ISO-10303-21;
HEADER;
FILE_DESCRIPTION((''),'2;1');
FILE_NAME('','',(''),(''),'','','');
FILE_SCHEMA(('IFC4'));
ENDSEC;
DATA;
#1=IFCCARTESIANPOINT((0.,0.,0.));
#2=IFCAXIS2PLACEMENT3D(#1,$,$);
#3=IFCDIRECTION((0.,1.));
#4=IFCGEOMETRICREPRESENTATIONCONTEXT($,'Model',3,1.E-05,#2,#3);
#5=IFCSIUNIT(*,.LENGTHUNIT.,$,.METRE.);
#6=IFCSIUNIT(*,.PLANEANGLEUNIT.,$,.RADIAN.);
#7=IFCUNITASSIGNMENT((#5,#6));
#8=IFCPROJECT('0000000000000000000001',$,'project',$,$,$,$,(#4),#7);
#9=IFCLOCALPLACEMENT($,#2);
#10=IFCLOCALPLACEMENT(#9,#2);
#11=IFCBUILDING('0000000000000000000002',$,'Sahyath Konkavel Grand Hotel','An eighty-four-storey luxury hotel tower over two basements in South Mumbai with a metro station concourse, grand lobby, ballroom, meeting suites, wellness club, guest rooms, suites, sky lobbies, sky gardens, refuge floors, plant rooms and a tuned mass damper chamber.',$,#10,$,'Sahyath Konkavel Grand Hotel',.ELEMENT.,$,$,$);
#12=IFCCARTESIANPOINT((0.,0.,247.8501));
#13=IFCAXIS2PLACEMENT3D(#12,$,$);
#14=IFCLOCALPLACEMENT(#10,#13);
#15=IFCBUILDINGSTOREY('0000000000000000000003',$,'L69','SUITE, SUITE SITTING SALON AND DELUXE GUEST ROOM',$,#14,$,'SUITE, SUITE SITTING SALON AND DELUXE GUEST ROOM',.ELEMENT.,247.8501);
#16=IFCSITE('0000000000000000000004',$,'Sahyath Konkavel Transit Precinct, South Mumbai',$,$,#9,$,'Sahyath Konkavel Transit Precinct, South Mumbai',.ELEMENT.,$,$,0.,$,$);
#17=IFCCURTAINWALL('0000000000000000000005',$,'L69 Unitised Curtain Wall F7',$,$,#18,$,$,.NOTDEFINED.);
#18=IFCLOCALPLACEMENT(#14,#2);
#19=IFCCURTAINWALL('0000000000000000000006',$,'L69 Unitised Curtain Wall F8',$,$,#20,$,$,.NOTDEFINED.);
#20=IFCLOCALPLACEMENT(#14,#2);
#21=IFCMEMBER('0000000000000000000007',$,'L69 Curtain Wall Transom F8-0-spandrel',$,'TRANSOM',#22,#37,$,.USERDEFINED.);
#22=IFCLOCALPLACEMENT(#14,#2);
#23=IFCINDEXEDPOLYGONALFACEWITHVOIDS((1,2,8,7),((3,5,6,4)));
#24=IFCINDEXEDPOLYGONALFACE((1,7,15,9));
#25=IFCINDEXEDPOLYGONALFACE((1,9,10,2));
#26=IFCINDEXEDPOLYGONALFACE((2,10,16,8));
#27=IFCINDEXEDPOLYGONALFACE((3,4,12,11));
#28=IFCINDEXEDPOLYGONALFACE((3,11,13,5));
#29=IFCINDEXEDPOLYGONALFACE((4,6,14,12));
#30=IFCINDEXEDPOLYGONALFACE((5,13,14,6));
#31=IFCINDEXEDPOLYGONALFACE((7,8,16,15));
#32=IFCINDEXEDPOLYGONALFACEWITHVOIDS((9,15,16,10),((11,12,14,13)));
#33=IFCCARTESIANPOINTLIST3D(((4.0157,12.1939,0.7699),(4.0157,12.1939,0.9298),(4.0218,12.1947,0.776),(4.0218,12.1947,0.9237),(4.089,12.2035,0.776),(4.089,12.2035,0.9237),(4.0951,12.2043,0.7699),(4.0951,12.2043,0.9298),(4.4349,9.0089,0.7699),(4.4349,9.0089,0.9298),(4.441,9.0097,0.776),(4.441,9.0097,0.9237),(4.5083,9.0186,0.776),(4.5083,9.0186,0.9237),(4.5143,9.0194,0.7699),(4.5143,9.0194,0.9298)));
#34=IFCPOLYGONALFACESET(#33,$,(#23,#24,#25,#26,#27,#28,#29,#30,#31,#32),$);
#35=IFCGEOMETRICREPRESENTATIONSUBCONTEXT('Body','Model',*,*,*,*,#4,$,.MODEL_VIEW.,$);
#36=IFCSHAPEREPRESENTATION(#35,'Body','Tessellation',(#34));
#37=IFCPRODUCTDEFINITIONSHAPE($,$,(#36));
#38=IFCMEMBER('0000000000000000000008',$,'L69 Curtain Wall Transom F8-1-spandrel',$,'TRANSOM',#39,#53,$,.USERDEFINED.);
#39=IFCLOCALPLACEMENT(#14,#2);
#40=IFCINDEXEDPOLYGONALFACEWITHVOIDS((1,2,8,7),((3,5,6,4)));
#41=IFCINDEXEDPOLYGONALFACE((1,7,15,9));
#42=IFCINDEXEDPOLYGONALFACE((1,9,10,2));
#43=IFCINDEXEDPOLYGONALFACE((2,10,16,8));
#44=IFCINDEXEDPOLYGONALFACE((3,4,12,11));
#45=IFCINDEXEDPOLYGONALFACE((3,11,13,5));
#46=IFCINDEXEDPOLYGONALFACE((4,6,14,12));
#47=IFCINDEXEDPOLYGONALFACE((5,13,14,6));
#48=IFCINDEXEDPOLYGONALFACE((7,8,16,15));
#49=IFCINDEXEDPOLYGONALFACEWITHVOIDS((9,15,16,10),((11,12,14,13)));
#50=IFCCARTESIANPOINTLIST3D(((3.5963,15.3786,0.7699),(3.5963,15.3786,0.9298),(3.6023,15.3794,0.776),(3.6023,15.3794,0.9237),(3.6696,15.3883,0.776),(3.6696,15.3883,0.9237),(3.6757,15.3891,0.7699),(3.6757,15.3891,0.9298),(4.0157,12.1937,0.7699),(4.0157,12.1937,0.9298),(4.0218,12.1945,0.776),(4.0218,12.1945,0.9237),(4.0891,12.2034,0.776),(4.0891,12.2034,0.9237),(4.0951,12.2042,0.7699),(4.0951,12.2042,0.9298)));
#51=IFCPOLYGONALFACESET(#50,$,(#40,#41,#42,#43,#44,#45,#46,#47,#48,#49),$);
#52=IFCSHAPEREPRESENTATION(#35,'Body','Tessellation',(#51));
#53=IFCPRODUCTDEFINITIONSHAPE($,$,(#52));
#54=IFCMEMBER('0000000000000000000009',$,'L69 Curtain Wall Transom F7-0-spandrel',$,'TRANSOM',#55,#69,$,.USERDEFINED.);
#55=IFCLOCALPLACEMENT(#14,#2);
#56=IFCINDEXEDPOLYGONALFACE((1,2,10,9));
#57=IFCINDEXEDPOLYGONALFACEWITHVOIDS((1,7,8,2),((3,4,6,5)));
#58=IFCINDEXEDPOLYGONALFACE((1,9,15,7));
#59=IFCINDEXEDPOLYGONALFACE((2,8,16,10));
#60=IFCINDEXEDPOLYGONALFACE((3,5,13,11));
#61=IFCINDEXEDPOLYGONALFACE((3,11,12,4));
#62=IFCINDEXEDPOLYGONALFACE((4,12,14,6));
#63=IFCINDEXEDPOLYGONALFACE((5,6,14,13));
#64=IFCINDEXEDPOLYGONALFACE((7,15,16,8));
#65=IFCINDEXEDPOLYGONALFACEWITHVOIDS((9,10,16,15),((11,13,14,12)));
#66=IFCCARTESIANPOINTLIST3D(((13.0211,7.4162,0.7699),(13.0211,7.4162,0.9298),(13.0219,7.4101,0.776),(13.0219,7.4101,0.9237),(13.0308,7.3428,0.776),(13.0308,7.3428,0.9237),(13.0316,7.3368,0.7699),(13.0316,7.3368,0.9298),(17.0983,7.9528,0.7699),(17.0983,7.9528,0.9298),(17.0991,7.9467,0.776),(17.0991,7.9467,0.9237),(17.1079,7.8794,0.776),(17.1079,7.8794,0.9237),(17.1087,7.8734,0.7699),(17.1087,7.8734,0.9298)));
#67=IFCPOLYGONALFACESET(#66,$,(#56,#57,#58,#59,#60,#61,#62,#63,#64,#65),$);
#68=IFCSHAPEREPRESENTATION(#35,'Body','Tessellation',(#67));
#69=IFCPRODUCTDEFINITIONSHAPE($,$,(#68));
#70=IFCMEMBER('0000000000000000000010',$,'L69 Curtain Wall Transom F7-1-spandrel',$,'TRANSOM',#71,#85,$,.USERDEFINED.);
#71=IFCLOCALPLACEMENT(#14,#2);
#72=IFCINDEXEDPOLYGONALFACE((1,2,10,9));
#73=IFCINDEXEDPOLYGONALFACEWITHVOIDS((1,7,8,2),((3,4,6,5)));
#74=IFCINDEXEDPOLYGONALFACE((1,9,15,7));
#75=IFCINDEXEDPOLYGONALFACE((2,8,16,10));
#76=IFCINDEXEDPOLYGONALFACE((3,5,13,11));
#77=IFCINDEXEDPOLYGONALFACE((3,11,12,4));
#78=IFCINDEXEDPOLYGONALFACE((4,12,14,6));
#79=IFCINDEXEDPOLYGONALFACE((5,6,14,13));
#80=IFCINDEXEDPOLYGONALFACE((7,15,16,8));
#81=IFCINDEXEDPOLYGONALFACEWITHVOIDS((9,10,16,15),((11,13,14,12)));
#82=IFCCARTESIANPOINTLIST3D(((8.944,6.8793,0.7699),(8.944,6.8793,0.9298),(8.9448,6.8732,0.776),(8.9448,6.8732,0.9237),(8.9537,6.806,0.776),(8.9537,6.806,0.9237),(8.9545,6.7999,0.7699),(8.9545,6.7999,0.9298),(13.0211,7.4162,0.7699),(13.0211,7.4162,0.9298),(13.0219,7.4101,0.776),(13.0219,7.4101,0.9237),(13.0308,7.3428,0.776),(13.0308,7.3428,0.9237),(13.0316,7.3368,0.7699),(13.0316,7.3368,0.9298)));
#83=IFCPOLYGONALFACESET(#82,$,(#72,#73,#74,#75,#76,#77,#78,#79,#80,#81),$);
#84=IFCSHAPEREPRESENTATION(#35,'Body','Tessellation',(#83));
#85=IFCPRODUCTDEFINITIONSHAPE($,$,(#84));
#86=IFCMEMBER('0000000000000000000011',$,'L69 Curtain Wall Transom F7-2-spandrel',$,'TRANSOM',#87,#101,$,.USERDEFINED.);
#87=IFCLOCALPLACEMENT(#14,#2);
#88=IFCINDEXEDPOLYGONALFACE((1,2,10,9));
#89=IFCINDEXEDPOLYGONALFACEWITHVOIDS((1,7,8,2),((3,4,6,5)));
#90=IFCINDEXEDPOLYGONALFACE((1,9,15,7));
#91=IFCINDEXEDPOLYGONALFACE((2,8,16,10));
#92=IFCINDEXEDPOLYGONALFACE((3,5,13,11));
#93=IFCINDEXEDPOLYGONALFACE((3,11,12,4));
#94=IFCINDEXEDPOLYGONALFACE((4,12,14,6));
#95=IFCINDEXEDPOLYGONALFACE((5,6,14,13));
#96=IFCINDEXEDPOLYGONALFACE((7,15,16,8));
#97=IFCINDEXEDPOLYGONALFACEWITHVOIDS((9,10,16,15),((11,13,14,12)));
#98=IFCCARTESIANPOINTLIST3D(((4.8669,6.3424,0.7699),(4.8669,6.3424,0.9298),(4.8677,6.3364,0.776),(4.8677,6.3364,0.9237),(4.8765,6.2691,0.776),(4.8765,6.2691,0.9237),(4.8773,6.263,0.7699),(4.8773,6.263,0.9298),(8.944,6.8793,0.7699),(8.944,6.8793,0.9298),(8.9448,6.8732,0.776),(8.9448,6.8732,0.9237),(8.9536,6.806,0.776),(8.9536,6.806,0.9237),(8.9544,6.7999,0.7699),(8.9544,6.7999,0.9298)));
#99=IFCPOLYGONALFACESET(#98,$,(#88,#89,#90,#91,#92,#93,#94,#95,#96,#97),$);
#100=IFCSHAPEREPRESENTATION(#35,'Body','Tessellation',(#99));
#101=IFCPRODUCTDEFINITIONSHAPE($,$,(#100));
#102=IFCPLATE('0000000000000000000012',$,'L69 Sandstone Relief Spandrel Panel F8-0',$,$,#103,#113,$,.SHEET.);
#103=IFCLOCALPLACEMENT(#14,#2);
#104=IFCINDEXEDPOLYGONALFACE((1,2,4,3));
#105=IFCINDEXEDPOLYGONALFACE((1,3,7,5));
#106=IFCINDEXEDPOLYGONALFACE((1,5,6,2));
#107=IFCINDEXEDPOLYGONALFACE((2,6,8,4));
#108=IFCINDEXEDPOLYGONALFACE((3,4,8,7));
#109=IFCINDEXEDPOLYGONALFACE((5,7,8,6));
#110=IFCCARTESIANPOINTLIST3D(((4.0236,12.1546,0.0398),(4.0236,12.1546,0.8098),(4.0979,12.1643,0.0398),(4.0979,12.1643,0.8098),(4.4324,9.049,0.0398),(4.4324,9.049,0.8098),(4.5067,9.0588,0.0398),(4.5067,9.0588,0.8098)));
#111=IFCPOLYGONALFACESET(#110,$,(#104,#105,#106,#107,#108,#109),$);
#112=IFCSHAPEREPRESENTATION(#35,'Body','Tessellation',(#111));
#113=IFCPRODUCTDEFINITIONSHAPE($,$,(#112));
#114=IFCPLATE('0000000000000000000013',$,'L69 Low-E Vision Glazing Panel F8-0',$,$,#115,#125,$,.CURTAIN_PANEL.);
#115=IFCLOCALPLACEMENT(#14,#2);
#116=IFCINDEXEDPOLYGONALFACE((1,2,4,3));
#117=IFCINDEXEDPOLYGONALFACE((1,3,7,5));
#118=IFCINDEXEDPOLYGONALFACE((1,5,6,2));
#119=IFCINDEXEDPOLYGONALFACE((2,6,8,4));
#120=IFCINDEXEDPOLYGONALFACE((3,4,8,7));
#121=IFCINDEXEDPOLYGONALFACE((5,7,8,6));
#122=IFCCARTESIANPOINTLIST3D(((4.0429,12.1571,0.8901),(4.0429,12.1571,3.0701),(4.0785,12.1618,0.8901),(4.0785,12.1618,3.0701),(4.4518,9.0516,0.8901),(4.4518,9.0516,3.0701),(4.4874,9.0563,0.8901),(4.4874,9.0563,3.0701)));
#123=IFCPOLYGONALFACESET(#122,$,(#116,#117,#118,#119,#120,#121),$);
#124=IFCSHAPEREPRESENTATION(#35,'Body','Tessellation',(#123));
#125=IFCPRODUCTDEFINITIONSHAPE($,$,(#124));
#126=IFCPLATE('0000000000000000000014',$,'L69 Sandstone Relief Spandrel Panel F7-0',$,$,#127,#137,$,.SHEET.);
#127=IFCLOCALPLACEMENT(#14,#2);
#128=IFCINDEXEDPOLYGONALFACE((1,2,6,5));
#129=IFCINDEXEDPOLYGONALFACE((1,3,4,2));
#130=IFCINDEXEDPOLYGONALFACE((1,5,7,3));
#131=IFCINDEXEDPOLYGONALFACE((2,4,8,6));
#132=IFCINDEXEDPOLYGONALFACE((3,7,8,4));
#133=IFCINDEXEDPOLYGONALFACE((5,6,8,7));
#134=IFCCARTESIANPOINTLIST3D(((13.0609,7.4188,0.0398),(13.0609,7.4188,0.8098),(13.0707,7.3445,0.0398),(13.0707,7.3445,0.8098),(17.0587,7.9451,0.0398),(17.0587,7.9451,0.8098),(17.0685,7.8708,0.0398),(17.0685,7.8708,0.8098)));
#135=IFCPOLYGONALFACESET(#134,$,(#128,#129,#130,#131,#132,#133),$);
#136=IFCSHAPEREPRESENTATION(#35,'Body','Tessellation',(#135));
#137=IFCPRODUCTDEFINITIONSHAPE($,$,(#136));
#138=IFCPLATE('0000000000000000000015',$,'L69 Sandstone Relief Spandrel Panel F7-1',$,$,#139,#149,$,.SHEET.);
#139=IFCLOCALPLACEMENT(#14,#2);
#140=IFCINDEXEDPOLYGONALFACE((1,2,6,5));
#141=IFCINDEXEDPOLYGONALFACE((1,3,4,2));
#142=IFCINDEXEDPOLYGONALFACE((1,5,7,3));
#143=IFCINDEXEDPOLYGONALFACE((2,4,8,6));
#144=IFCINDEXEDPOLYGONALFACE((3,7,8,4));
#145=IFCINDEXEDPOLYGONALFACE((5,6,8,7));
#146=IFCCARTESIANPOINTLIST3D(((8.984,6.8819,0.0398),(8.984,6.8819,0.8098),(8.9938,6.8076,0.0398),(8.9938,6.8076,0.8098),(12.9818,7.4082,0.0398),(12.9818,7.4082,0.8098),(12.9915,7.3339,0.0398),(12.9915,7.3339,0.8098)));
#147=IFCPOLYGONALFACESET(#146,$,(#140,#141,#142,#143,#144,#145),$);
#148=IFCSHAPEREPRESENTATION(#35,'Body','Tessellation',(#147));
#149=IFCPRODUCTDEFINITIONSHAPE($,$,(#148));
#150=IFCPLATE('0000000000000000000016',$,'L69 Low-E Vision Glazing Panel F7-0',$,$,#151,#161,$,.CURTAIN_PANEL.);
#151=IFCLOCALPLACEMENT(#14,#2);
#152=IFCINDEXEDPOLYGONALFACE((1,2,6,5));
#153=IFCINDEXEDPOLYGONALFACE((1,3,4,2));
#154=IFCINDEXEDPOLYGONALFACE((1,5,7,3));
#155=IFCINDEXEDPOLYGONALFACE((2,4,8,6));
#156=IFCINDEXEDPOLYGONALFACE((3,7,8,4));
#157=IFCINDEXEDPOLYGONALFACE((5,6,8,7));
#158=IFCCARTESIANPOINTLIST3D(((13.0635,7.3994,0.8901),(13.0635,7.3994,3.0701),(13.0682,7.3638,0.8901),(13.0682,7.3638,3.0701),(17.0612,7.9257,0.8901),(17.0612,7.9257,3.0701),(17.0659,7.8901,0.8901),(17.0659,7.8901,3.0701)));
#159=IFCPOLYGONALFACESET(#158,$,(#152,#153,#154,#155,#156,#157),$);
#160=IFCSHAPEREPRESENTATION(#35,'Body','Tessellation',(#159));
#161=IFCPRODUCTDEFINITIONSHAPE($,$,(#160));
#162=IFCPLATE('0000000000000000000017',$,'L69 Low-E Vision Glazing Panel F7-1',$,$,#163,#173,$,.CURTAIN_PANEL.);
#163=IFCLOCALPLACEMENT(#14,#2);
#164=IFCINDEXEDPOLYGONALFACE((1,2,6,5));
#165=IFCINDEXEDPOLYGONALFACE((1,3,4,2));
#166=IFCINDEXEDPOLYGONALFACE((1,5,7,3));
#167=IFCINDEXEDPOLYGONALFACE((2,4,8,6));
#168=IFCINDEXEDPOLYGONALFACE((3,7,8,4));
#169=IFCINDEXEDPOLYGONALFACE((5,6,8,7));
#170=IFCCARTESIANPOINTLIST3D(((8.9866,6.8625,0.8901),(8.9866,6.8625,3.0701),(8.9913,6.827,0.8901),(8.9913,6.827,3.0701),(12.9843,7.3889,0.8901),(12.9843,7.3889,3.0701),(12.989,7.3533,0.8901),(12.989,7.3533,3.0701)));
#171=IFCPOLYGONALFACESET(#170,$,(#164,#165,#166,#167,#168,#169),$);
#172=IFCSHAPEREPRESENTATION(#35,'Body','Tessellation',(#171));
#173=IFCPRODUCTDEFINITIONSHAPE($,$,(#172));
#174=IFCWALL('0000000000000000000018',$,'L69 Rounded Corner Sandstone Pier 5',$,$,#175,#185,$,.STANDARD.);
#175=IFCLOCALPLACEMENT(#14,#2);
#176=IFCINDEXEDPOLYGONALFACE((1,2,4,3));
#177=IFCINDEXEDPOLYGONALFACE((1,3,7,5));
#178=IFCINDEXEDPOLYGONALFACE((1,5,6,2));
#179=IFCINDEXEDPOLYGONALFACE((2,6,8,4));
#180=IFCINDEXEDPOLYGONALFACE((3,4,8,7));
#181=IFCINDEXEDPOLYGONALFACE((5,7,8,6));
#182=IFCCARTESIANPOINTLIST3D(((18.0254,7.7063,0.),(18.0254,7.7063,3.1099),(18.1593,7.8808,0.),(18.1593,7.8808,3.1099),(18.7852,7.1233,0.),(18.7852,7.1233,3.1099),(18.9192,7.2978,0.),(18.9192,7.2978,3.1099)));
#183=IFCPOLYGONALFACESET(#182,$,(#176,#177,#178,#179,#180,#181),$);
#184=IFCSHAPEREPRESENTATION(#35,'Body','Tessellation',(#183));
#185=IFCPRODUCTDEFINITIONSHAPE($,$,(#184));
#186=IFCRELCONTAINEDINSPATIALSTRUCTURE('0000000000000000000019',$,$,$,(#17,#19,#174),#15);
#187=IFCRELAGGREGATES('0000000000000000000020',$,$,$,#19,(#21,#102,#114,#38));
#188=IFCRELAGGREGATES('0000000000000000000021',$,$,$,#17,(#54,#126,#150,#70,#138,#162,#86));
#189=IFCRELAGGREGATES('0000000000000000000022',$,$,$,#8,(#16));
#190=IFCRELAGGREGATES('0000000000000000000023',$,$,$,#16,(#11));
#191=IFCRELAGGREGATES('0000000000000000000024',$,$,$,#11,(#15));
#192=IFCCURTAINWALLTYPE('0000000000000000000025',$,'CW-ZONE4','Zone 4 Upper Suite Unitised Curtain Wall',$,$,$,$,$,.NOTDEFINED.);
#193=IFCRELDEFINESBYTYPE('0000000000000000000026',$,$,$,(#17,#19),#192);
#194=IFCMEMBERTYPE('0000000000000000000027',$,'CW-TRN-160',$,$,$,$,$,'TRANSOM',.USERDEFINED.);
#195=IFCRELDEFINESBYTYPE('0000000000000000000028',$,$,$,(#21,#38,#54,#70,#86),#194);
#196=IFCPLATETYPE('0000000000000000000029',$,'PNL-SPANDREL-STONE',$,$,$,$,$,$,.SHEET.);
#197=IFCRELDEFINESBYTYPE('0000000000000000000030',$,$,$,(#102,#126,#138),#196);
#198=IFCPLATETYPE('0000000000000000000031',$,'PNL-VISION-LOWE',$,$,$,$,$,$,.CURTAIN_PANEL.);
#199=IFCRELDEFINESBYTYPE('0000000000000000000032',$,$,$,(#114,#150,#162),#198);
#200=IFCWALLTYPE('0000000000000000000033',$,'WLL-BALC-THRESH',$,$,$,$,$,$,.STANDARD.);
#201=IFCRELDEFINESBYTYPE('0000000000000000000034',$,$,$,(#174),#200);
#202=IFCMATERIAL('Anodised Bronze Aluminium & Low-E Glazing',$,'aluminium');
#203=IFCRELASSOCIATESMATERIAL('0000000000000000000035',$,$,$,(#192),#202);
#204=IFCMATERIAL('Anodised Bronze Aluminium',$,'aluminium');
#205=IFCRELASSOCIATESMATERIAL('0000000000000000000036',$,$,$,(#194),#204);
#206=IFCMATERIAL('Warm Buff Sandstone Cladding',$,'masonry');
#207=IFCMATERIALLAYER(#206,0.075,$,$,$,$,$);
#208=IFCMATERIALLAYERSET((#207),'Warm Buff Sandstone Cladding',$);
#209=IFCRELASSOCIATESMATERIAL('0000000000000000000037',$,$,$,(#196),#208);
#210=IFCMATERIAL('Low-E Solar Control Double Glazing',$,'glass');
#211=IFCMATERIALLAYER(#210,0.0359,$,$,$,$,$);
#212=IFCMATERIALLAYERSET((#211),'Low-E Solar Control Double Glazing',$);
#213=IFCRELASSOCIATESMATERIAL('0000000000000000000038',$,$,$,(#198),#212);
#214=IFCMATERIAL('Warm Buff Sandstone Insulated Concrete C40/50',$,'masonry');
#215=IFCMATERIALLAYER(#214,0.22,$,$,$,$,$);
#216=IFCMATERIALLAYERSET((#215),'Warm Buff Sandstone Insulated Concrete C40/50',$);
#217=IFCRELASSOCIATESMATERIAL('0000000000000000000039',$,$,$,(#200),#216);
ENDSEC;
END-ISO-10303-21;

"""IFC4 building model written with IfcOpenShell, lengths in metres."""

from ifc_helpers import new_model, si_unit, direction, frame, frame_2d, origin, origin_2d, place, context, subcontext, project, spatial, rectangle, hollow_rectangle, extrude, source, transform, mapped, material, layer, layer_set, material_profile, profile_set, type_object, element, aggregate, save


model = new_model("IFC4")

# Units and contexts
model_context = context("Model", 3, precision=1e-05, world=origin(), true_north=direction((0.0, 1.0)))
body_context = subcontext(model_context, "Body", "Model", "MODEL_VIEW")
ifc_project = project(units=[si_unit("LENGTHUNIT", "METRE"), si_unit("PLANEANGLEUNIT", "RADIAN")], contexts=[model_context])

# Site, building, storey
site_placement = place(None, origin())
site = spatial("IfcSite", under=ifc_project, at=site_placement, Name="Sahyath Konkavel Transit Precinct, South Mumbai", LongName="Sahyath Konkavel Transit Precinct, South Mumbai", CompositionType="ELEMENT", RefElevation=0.0)
building_placement = place(site_placement, origin())
building = spatial("IfcBuilding", under=site, at=building_placement, Name="Sahyath Konkavel Grand Hotel", Description="An eighty-four-storey luxury hotel tower over two basements in South Mumbai with a metro station concourse, grand lobby, ballroom, meeting suites, wellness club, guest rooms, suites, sky lobbies, sky gardens, refuge floors, plant rooms and a tuned mass damper chamber.", LongName="Sahyath Konkavel Grand Hotel", CompositionType="ELEMENT")
storey_placement = place(building_placement, frame((0.0, 0.0, 247.8501)))
storey = spatial("IfcBuildingStorey", under=building, at=storey_placement, Name="L69", Description="SUITE, SUITE SITTING SALON AND DELUXE GUEST ROOM", LongName="SUITE, SUITE SITTING SALON AND DELUXE GUEST ROOM", CompositionType="ELEMENT", Elevation=247.8501)

# Shared definitions
ifc_material_1 = material(Name="Anodised Bronze Aluminium & Low-E Glazing", Category="aluminium")
curtain_wall_type = type_object("IfcCurtainWallType", Name="CW-ZONE4", Description="Zone 4 Upper Suite Unitised Curtain Wall", PredefinedType="NOTDEFINED", material=ifc_material_1)
ifc_material_2 = material(Name="Anodised Bronze Aluminium", Category="aluminium")

# Curtain wall
curtain_wall_1_placement = place(storey_placement, origin())
curtain_wall_1 = element("IfcCurtainWall", 1, at=curtain_wall_1_placement, inside=storey, type_object=curtain_wall_type, Name="L69 Unitised Curtain Wall F7", PredefinedType="NOTDEFINED")

# Curtain wall
curtain_wall_2_placement = place(storey_placement, origin())
curtain_wall_2 = element("IfcCurtainWall", 2, at=curtain_wall_2_placement, inside=storey, type_object=curtain_wall_type, Name="L69 Unitised Curtain Wall F8", PredefinedType="NOTDEFINED")

# Members
ifc_material_profile_1 = material_profile(ifc_material_2, hollow_rectangle(XDim=0.0801, YDim=0.1599, WallThickness=0.0061, at=origin_2d()), Name="RHS 160x80x6")
ifc_profile_set_1 = profile_set([ifc_material_profile_1], Name="Anodised Bronze Aluminium")
member_type_1 = type_object("IfcMemberType", Name="CW-TRN-160", ElementType="TRANSOM", PredefinedType="USERDEFINED", material=ifc_profile_set_1)
shared_shape_1 = source(origin(), body_context, "Body", "SweptSolid", [
    extrude(hollow_rectangle(XDim=0.0801, YDim=0.1599, WallThickness=0.0061, at=origin_2d()), origin(), (0.0, 0.0, 1.0), 3.2124),
])
member_1_placement = place(storey_placement, frame((4.4746, 9.0142, 0.8499), z_axis=(-0.130496, 0.991449, 0.0), x_axis=(-0.991449, -0.130496, 0.0)))
member_1 = element("IfcMember", 3, at=member_1_placement, type_object=member_type_1, Name="L69 Curtain Wall Transom F8-0-spandrel", ObjectType="TRANSOM", PredefinedType="USERDEFINED", context=body_context, shape_type="MappedRepresentation", body=[
    mapped(shared_shape_1, transform((0.0, 0.0, 0.0), scale=1.0)),
])
member_2_placement = place(storey_placement, frame((4.0554, 12.199, 0.8499), z_axis=(-0.130571, 0.991439, 0.0), x_axis=(-0.991439, -0.130571, 0.0)))
member_2 = element("IfcMember", 4, at=member_2_placement, type_object=member_type_1, Name="L69 Curtain Wall Transom F8-1-spandrel", ObjectType="TRANSOM", PredefinedType="USERDEFINED", context=body_context, shape_type="MappedRepresentation", body=[
    mapped(shared_shape_1, transform((0.0, 0.0, 0.0), scale=1.0)),
])
shared_shape_2 = source(origin(), body_context, "Body", "SweptSolid", [
    extrude(hollow_rectangle(XDim=0.0801, YDim=0.1599, WallThickness=0.0061, at=origin_2d()), origin(), (0.0, 0.0, 1.0), 4.1123),
])
member_3_placement = place(storey_placement, frame((17.1035, 7.9131, 0.8499), z_axis=(-0.991449, -0.130491, 0.0), x_axis=(0.130491, -0.991449, 0.0)))
member_3 = element("IfcMember", 5, at=member_3_placement, type_object=member_type_1, Name="L69 Curtain Wall Transom F7-0-spandrel", ObjectType="TRANSOM", PredefinedType="USERDEFINED", context=body_context, shape_type="MappedRepresentation", body=[
    mapped(shared_shape_2, transform((0.0, 0.0, 0.0), scale=1.0)),
])
member_4_placement = place(storey_placement, frame((13.0264, 7.3765, 0.8499), z_axis=(-0.991442, -0.13055, 0.0), x_axis=(0.13055, -0.991442, 0.0)))
member_4 = element("IfcMember", 6, at=member_4_placement, type_object=member_type_1, Name="L69 Curtain Wall Transom F7-1-spandrel", ObjectType="TRANSOM", PredefinedType="USERDEFINED", context=body_context, shape_type="MappedRepresentation", body=[
    mapped(shared_shape_2, transform((0.0, 0.0, 0.0), scale=1.0)),
])
member_5_placement = place(storey_placement, frame((8.9492, 6.8396, 0.8499), z_axis=(-0.991442, -0.13055, 0.0), x_axis=(0.13055, -0.991442, 0.0)))
member_5 = element("IfcMember", 7, at=member_5_placement, type_object=member_type_1, Name="L69 Curtain Wall Transom F7-2-spandrel", ObjectType="TRANSOM", PredefinedType="USERDEFINED", context=body_context, shape_type="MappedRepresentation", body=[
    mapped(shared_shape_2, transform((0.0, 0.0, 0.0), scale=1.0)),
])

# Plates
ifc_material_3 = material(Name="Warm Buff Sandstone Cladding", Category="masonry")
ifc_layer_1 = layer(ifc_material_3, 0.075)
ifc_layer_set_1 = layer_set([ifc_layer_1], Name="Warm Buff Sandstone Cladding")
plate_type_1 = type_object("IfcPlateType", Name="PNL-SPANDREL-STONE", PredefinedType="SHEET", material=ifc_layer_set_1)
shared_shape_3 = source(origin(), body_context, "Body", "SweptSolid", [
    extrude(rectangle(XDim=3.1323, YDim=0.075, at=origin_2d()), origin(), (0.0, 0.0, 1.0), 0.77),
])
plate_1_placement = place(storey_placement, frame((4.2651, 10.6067, 0.0398), z_axis=(0.0, 0.0, 1.0), x_axis=(-0.130526, 0.991445, 0.0)))
plate_1 = element("IfcPlate", 8, at=plate_1_placement, type_object=plate_type_1, Name="L69 Sandstone Relief Spandrel Panel F8-0", PredefinedType="SHEET", context=body_context, shape_type="MappedRepresentation", body=[
    mapped(shared_shape_3, transform((0.0, 0.0, 0.0), scale=1.0)),
])
ifc_material_4 = material(Name="Low-E Solar Control Double Glazing", Category="glass")
ifc_layer_2 = layer(ifc_material_4, 0.0359)
ifc_layer_set_2 = layer_set([ifc_layer_2], Name="Low-E Solar Control Double Glazing")
plate_type_2 = type_object("IfcPlateType", Name="PNL-VISION-LOWE", PredefinedType="CURTAIN_PANEL", material=ifc_layer_set_2)
shared_shape_4 = source(origin(), body_context, "Body", "SweptSolid", [
    extrude(rectangle(XDim=3.1323, YDim=0.0359, at=origin_2d()), origin(), (0.0, 0.0, 1.0), 2.1799),
])
plate_2_placement = place(storey_placement, frame((4.2651, 10.6067, 0.8901), z_axis=(0.0, 0.0, 1.0), x_axis=(-0.130526, 0.991445, 0.0)))
plate_2 = element("IfcPlate", 9, at=plate_2_placement, type_object=plate_type_2, Name="L69 Low-E Vision Glazing Panel F8-0", PredefinedType="CURTAIN_PANEL", context=body_context, shape_type="MappedRepresentation", body=[
    mapped(shared_shape_4, transform((0.0, 0.0, 0.0), scale=1.0)),
])
aggregate(curtain_wall_2, [member_1, plate_1, plate_2, member_2])
shared_shape_5 = source(origin(), body_context, "Body", "SweptSolid", [
    extrude(rectangle(XDim=4.0322, YDim=0.075, at=origin_2d()), origin(), (0.0, 0.0, 1.0), 0.77),
])
plate_3_placement = place(storey_placement, frame((15.0647, 7.6448, 0.0398), z_axis=(0.0, 0.0, 1.0), x_axis=(-0.991445, -0.130526, 0.0)))
plate_3 = element("IfcPlate", 10, at=plate_3_placement, type_object=plate_type_1, Name="L69 Sandstone Relief Spandrel Panel F7-0", PredefinedType="SHEET", context=body_context, shape_type="MappedRepresentation", body=[
    mapped(shared_shape_5, transform((0.0, 0.0, 0.0), scale=1.0)),
])
plate_4_placement = place(storey_placement, frame((10.9878, 7.1079, 0.0398), z_axis=(0.0, 0.0, 1.0), x_axis=(-0.991445, -0.130526, 0.0)))
plate_4 = element("IfcPlate", 11, at=plate_4_placement, type_object=plate_type_1, Name="L69 Sandstone Relief Spandrel Panel F7-1", PredefinedType="SHEET", context=body_context, shape_type="MappedRepresentation", body=[
    mapped(shared_shape_5, transform((0.0, 0.0, 0.0), scale=1.0)),
])
shared_shape_6 = source(origin(), body_context, "Body", "SweptSolid", [
    extrude(rectangle(XDim=4.0322, YDim=0.0359, at=origin_2d()), origin(), (0.0, 0.0, 1.0), 2.1799),
])
plate_5_placement = place(storey_placement, frame((15.0647, 7.6448, 0.8901), z_axis=(0.0, 0.0, 1.0), x_axis=(-0.991445, -0.130526, 0.0)))
plate_5 = element("IfcPlate", 12, at=plate_5_placement, type_object=plate_type_2, Name="L69 Low-E Vision Glazing Panel F7-0", PredefinedType="CURTAIN_PANEL", context=body_context, shape_type="MappedRepresentation", body=[
    mapped(shared_shape_6, transform((0.0, 0.0, 0.0), scale=1.0)),
])
plate_6_placement = place(storey_placement, frame((10.9878, 7.1079, 0.8901), z_axis=(0.0, 0.0, 1.0), x_axis=(-0.991445, -0.130526, 0.0)))
plate_6 = element("IfcPlate", 13, at=plate_6_placement, type_object=plate_type_2, Name="L69 Low-E Vision Glazing Panel F7-1", PredefinedType="CURTAIN_PANEL", context=body_context, shape_type="MappedRepresentation", body=[
    mapped(shared_shape_6, transform((0.0, 0.0, 0.0), scale=1.0)),
])
aggregate(curtain_wall_1, [member_3, plate_3, plate_5, member_4, plate_4, plate_6, member_5])

# Wall
ifc_material_5 = material(Name="Warm Buff Sandstone Insulated Concrete C40/50", Category="masonry")
ifc_layer_3 = layer(ifc_material_5, 0.22)
ifc_layer_set_3 = layer_set([ifc_layer_3], Name="Warm Buff Sandstone Insulated Concrete C40/50")
wall_type_1 = type_object("IfcWallType", Name="WLL-BALC-THRESH", PredefinedType="STANDARD", material=ifc_layer_set_3)
for number, where, z_axis, x_axis, name in (
    (14, (18.8523, 7.2104, 0.0), (0.0, 0.0, 1.0), (-0.793344, 0.608774, 0.0), "L69 Rounded Corner Sandstone Pier 5"),
):
    element("IfcWall", number, at=place(storey_placement, frame(where, z_axis=z_axis, x_axis=x_axis)), inside=storey, type_object=wall_type_1, Name=name, PredefinedType="STANDARD", context=body_context, shape_type="SweptSolid", body=[
        extrude(rectangle(XDim=0.9578, YDim=0.22, at=frame_2d((0.479, 0.0))), origin(), (0.0, 0.0, 1.0), 3.1099),
    ])

save(model, "model.ifc")
